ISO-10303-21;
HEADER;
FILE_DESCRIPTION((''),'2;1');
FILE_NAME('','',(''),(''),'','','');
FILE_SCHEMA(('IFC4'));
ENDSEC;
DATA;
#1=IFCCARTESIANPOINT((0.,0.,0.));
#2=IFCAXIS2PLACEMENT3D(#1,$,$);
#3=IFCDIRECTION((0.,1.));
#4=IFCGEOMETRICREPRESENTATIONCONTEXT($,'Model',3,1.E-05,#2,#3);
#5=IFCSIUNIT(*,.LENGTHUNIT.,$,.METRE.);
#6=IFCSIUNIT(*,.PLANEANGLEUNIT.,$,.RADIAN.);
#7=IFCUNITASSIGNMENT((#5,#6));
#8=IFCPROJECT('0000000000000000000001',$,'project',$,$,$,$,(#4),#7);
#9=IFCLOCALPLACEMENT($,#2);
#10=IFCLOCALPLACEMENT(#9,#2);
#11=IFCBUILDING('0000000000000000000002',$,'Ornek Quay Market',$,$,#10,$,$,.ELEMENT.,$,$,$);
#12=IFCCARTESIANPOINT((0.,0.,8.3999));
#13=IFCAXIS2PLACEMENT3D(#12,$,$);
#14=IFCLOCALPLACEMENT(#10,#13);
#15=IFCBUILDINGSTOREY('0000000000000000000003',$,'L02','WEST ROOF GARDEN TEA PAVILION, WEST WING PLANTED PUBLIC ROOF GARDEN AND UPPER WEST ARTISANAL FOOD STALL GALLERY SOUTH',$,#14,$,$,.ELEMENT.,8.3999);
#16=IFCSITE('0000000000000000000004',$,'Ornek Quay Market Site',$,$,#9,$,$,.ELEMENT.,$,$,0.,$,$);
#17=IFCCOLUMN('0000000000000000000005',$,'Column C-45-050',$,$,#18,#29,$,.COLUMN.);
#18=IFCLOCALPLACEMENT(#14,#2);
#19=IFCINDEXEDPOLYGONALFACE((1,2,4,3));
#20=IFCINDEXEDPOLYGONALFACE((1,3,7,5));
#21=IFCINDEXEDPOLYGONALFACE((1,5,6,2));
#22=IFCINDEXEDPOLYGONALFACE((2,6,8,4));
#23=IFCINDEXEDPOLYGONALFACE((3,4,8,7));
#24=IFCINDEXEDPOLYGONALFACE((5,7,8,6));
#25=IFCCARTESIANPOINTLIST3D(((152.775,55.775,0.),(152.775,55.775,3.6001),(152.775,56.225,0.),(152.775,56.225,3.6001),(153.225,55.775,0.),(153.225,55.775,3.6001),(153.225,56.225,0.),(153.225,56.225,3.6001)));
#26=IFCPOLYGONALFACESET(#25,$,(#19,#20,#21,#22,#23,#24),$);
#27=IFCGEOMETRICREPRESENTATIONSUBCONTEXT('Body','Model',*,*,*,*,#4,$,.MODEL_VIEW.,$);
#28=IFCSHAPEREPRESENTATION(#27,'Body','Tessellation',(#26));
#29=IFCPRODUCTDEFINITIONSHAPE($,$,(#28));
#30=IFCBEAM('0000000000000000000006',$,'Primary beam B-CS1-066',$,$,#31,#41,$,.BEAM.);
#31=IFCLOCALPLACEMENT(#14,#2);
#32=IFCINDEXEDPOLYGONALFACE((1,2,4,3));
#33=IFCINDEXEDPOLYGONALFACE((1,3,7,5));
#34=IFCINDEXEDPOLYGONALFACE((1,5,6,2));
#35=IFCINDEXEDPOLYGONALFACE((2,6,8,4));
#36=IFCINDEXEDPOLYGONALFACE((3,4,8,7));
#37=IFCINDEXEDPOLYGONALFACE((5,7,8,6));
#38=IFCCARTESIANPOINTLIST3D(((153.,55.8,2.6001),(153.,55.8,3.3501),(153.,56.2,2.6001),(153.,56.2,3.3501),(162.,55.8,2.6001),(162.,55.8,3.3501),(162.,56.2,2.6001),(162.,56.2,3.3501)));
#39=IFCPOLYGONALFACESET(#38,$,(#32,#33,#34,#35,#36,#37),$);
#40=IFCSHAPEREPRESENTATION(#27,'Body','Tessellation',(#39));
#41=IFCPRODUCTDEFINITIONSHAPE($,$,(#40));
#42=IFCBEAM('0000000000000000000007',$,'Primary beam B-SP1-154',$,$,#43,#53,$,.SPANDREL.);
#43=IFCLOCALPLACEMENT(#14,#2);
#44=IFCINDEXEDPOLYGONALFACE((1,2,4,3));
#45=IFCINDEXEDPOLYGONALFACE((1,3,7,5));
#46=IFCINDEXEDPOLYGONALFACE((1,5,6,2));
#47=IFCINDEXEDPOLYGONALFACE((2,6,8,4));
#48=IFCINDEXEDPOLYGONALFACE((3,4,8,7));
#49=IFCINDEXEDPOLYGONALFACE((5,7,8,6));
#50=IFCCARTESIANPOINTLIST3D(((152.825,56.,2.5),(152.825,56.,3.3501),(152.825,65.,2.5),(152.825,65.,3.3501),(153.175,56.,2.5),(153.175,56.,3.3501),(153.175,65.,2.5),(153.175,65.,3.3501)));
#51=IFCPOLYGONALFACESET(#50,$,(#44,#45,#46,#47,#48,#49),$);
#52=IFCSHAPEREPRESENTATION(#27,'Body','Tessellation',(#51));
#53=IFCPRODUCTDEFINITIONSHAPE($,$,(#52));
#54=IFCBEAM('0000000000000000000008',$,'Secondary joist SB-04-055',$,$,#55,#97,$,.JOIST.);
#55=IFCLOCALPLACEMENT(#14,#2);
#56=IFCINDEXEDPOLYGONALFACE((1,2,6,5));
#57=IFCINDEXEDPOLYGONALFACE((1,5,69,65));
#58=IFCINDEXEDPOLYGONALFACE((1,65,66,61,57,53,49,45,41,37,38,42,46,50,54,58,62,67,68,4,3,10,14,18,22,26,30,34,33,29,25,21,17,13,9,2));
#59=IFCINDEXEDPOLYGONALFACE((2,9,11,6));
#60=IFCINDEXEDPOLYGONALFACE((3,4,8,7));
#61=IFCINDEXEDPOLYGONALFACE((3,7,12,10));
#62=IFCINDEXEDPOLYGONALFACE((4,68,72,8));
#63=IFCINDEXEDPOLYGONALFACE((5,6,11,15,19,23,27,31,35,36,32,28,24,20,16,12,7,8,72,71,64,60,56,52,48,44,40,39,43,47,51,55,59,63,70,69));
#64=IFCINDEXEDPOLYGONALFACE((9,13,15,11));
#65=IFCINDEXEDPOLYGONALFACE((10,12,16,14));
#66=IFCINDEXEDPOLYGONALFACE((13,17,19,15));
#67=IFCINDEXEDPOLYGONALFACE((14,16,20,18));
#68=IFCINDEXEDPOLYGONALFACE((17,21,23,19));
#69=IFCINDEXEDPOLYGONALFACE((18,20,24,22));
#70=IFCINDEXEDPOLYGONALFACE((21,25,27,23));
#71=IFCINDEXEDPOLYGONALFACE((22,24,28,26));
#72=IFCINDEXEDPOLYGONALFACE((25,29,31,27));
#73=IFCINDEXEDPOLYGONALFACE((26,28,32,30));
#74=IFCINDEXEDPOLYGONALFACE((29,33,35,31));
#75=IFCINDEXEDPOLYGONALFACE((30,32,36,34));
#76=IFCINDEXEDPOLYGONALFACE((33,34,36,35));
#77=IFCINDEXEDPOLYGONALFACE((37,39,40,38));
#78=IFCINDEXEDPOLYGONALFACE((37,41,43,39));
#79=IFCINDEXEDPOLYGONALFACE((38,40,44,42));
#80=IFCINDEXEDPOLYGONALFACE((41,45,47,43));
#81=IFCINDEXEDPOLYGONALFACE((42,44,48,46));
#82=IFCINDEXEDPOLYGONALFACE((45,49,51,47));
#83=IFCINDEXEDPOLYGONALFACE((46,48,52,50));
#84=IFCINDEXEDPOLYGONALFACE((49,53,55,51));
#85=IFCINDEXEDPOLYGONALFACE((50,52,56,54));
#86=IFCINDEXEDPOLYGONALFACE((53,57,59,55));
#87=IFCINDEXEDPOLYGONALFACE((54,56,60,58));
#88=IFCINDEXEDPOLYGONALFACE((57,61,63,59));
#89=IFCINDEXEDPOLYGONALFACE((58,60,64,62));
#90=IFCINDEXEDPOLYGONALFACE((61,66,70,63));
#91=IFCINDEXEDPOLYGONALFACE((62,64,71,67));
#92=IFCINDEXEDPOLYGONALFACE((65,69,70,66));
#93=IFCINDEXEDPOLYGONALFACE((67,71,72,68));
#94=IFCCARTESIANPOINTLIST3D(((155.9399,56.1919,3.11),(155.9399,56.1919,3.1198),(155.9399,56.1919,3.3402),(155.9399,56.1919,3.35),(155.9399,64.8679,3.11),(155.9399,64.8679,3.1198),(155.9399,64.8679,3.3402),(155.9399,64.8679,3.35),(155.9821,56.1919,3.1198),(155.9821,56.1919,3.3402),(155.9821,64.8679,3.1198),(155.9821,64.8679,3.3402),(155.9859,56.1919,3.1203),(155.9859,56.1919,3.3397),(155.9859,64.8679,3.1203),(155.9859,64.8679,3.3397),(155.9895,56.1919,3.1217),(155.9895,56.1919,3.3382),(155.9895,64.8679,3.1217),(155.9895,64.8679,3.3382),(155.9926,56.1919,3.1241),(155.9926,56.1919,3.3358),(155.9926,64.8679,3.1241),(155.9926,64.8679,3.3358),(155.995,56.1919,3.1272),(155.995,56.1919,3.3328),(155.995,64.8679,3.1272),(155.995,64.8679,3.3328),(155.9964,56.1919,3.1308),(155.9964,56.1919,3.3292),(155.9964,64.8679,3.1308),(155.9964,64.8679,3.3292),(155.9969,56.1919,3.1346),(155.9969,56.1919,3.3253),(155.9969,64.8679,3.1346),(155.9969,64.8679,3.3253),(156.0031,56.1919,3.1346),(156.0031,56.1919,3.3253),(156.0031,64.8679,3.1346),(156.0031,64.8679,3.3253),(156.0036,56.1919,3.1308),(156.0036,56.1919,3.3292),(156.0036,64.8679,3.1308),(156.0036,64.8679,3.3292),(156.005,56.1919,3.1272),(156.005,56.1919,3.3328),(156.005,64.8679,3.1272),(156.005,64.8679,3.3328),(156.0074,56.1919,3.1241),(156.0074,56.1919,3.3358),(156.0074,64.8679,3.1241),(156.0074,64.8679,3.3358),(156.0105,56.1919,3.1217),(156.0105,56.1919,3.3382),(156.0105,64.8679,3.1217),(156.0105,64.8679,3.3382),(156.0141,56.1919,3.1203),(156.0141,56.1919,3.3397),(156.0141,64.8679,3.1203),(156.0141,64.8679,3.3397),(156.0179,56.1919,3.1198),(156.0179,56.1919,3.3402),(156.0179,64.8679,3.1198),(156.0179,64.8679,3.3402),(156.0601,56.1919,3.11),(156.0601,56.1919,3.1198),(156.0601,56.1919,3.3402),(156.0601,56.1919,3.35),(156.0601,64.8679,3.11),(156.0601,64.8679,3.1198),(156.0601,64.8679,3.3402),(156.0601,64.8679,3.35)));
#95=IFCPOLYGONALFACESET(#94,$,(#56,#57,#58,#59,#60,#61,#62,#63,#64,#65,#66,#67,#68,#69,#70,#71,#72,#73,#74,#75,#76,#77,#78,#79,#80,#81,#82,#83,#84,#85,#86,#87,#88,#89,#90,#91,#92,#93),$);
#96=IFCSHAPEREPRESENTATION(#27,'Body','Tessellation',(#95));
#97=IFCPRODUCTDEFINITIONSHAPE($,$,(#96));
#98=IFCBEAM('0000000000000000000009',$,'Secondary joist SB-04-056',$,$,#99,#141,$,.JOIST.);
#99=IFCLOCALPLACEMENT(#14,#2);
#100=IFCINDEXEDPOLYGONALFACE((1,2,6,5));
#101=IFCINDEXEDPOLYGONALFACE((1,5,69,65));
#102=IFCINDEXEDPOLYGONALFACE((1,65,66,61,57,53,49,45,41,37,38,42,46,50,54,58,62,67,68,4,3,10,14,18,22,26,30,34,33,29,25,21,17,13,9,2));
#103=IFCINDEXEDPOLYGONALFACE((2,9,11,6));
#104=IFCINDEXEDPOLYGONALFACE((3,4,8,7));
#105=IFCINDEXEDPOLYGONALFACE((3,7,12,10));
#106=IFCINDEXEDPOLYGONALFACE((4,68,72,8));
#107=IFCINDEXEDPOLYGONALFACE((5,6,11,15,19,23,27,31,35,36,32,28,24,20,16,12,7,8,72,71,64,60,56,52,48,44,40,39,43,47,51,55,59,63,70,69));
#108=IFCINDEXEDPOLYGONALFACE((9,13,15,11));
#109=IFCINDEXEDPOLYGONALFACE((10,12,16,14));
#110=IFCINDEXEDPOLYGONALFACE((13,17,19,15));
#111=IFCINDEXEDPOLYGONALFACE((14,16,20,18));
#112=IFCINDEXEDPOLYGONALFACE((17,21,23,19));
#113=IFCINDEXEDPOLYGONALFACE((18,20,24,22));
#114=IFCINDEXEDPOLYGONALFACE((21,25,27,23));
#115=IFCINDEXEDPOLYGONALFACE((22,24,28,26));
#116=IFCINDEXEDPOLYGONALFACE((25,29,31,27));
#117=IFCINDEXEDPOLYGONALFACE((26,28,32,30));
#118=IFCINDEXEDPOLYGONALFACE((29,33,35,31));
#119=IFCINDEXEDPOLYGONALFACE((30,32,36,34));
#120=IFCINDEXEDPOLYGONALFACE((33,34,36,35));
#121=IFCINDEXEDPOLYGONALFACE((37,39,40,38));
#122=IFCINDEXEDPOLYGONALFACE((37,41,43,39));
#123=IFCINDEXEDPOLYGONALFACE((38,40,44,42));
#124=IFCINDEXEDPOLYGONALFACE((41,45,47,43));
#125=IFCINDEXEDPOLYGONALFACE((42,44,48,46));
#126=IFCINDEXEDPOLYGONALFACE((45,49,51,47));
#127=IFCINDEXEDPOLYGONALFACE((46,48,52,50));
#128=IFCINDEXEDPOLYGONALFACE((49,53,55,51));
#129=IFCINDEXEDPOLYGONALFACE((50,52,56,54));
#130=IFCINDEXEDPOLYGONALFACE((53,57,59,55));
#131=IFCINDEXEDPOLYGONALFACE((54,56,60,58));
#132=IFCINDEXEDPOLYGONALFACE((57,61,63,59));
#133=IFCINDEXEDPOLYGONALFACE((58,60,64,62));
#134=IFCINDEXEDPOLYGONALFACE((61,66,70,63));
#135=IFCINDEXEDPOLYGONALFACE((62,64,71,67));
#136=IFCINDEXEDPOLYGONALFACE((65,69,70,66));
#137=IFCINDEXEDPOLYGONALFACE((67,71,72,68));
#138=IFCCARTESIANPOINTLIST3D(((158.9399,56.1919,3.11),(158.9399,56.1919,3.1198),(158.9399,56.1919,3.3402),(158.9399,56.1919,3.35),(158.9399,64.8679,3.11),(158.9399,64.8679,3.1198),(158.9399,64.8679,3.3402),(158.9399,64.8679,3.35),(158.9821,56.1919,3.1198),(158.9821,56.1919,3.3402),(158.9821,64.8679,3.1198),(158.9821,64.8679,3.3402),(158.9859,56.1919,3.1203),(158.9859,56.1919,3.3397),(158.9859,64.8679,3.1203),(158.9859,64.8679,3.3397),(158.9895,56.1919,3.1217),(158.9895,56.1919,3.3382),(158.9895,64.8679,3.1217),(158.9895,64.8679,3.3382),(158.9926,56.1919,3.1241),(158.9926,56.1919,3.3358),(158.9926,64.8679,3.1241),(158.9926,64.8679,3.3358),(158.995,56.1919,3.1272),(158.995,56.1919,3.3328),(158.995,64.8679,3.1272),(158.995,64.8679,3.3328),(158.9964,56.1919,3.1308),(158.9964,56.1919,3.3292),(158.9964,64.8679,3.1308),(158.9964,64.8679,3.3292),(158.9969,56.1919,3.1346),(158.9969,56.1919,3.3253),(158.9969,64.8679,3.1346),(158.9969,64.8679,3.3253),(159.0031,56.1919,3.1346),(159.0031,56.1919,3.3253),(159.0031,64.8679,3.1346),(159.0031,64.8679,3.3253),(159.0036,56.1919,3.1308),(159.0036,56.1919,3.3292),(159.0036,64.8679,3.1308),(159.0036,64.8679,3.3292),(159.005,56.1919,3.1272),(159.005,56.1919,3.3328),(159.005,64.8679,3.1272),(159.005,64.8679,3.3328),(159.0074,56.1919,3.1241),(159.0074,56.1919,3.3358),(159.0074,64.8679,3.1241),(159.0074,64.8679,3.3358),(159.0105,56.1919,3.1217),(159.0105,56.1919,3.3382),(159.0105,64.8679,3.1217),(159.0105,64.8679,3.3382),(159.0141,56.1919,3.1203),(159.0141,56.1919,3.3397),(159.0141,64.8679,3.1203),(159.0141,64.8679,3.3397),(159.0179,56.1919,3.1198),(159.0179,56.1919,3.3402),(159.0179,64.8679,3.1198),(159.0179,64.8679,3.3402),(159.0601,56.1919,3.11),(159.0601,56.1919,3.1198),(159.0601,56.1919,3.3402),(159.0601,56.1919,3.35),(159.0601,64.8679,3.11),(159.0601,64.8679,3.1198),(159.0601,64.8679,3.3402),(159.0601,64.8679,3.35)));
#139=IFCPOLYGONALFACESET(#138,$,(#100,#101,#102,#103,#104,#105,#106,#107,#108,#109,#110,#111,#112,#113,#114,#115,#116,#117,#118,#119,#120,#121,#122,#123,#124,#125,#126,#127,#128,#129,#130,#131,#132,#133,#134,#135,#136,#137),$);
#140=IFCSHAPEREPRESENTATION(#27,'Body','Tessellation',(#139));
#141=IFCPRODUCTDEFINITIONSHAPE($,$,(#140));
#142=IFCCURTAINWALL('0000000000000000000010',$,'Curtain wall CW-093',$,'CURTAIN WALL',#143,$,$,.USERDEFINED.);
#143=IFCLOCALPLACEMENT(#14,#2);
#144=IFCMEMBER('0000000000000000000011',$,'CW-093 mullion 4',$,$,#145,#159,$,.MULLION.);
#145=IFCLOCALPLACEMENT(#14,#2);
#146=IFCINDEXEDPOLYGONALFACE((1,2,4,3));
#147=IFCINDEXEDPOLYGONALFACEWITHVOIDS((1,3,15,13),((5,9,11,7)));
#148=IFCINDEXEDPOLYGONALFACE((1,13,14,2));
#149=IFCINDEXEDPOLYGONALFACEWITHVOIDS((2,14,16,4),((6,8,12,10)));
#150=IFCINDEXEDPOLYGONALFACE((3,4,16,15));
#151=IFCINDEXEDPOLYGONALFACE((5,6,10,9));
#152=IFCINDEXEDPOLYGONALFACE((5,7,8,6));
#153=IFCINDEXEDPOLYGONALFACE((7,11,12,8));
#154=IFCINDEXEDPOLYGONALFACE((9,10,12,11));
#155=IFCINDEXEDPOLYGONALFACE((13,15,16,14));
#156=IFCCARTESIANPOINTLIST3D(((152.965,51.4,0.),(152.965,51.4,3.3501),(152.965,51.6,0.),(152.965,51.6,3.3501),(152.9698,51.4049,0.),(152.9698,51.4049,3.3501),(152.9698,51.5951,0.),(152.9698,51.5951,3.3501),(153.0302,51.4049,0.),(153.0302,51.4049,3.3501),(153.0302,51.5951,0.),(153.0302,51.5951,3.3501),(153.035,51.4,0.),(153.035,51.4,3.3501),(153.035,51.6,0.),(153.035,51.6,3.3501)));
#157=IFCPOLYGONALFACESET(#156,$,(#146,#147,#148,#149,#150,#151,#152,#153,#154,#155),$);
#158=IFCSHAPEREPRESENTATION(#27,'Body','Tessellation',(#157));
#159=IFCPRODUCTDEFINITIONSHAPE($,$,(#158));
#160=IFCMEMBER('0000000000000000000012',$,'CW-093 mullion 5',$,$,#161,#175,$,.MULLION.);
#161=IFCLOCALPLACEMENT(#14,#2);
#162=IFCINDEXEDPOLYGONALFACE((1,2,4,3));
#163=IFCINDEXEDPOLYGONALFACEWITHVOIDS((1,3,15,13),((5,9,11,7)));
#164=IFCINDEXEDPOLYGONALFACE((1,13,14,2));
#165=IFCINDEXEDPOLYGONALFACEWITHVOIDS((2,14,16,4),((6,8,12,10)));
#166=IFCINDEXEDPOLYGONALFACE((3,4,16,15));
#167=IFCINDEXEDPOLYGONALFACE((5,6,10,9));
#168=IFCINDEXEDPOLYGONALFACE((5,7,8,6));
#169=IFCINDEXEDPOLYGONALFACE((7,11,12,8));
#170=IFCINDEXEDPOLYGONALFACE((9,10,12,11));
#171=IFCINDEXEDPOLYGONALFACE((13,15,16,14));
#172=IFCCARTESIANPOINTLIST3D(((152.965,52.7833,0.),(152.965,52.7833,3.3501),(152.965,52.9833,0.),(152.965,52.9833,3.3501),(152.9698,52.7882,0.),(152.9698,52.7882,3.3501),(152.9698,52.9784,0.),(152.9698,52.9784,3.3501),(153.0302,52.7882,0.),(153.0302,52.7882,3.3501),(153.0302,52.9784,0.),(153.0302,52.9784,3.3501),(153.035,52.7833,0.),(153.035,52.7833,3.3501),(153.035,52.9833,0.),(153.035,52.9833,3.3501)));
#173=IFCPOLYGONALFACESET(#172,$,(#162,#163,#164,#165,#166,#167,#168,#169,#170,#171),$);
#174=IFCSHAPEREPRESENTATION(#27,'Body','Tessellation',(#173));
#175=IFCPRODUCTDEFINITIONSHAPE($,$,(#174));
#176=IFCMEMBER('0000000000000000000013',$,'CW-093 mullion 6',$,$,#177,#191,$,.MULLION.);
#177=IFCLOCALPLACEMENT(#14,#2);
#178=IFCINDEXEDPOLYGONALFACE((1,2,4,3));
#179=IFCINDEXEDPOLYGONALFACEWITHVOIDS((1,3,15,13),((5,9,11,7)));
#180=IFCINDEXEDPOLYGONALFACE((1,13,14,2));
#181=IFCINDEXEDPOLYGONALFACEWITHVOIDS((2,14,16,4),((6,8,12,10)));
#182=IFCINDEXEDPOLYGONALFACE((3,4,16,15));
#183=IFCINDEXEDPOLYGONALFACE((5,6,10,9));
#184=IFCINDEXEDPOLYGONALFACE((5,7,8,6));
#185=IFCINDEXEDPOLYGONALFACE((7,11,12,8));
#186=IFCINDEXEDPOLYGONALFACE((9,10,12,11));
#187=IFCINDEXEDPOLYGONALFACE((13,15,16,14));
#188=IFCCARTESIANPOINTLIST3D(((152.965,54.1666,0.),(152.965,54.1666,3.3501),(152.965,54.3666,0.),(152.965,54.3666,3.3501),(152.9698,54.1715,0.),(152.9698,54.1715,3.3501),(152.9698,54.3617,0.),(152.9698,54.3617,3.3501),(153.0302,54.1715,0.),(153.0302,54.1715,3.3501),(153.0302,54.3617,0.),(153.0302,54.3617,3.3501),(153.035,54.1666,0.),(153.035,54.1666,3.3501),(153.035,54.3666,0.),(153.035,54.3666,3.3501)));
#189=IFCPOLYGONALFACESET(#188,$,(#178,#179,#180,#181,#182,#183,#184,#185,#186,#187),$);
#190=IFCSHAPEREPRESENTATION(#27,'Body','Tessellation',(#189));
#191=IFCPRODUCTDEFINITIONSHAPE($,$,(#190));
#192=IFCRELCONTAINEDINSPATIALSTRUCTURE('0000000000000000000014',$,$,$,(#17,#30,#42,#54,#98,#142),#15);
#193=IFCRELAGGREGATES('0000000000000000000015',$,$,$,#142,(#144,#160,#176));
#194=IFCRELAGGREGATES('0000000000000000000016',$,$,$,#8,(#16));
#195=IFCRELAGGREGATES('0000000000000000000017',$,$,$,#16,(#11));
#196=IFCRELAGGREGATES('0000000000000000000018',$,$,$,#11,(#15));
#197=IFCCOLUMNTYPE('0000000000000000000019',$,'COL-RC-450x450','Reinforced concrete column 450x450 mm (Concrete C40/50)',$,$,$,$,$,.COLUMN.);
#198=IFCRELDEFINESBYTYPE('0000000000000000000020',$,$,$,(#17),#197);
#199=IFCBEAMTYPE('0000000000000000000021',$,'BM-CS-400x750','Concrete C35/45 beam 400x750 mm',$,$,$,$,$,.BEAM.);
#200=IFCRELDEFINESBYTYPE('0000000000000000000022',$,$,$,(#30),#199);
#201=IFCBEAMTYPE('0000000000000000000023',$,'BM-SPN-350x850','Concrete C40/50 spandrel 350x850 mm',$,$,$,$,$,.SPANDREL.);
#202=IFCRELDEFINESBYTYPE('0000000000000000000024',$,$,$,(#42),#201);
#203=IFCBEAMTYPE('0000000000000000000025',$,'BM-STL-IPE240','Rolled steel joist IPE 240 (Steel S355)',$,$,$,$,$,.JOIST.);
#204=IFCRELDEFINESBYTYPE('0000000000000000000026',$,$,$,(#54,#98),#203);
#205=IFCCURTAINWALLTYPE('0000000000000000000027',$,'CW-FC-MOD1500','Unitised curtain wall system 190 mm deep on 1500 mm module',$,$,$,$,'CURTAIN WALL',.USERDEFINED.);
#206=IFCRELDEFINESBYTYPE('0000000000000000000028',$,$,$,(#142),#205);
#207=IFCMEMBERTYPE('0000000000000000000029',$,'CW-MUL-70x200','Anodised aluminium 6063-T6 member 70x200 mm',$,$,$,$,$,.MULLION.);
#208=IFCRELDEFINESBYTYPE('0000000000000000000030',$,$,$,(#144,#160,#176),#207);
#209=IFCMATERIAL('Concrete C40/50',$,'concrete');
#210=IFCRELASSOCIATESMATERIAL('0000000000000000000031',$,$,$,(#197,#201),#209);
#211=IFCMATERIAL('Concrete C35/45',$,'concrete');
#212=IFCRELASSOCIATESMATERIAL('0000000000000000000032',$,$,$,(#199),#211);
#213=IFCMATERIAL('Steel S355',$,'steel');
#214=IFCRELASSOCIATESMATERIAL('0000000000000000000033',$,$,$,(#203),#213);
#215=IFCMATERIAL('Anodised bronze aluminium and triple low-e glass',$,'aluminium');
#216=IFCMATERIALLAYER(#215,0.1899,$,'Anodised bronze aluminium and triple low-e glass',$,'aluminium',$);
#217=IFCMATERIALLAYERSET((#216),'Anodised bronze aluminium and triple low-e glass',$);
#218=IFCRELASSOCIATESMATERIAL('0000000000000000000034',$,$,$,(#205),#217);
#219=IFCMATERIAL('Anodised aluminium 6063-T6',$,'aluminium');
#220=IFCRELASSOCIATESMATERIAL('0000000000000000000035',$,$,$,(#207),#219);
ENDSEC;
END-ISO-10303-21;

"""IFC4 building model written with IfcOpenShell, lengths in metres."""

from ifc_helpers import new_model, si_unit, direction, frame, origin, origin_2d, place, context, subcontext, project, spatial, rectangle, hollow_rectangle, i_section, extrude, material, layer, layer_set, material_profile, profile_set, type_object, element, aggregate, save


model = new_model("IFC4")

# Units and contexts
model_context = context("Model", 3, precision=1e-05, world=origin(), true_north=direction((0.0, 1.0)))
body_context = subcontext(model_context, "Body", "Model", "MODEL_VIEW")
ifc_project = project(units=[si_unit("LENGTHUNIT", "METRE"), si_unit("PLANEANGLEUNIT", "RADIAN")], contexts=[model_context])

# Site, building, storey
site_placement = place(None, origin())
site = spatial("IfcSite", under=ifc_project, at=site_placement, Name="Ornek Quay Market Site", CompositionType="ELEMENT", RefElevation=0.0)
building_placement = place(site_placement, origin())
building = spatial("IfcBuilding", under=site, at=building_placement, Name="Ornek Quay Market", CompositionType="ELEMENT")
storey_placement = place(building_placement, frame((0.0, 0.0, 8.3999)))
storey = spatial("IfcBuildingStorey", under=building, at=storey_placement, Name="L02", Description="WEST ROOF GARDEN TEA PAVILION, WEST WING PLANTED PUBLIC ROOF GARDEN AND UPPER WEST ARTISANAL FOOD STALL GALLERY SOUTH", CompositionType="ELEMENT", Elevation=8.3999)

# Column
ifc_material_1 = material(Name="Concrete C40/50", Category="concrete")
ifc_material_profile_1 = material_profile(ifc_material_1, rectangle(XDim=0.45, YDim=0.45, at=origin_2d()), Name="RC 450x450", Category="concrete")
ifc_profile_set_1 = profile_set([ifc_material_profile_1], Name="Concrete C40/50")
column_type = type_object("IfcColumnType", Name="COL-RC-450x450", Description="Reinforced concrete column 450x450 mm (Concrete C40/50)", PredefinedType="COLUMN", material=ifc_profile_set_1)
column_placement = place(storey_placement, frame((153.0, 56.0, 0.0), z_axis=(0.0, 0.0, 1.0), x_axis=(1.0, 0.0, 0.0)))
element("IfcColumn", 1, at=column_placement, inside=storey, type_object=column_type, Name="Column C-45-050", PredefinedType="COLUMN", context=body_context, shape_type="SweptSolid", body=[
    extrude(rectangle(XDim=0.45, YDim=0.45, at=origin_2d()), origin(), (0.0, 0.0, 1.0), 3.6001),
])

# Beams
ifc_material_2 = material(Name="Concrete C35/45", Category="concrete")
ifc_material_profile_2 = material_profile(ifc_material_2, rectangle(XDim=0.3999, YDim=0.75, at=origin_2d()), Name="RC 400x750", Category="concrete")
ifc_profile_set_2 = profile_set([ifc_material_profile_2], Name="Concrete C35/45")
beam_type_1 = type_object("IfcBeamType", Name="BM-CS-400x750", Description="Concrete C35/45 beam 400x750 mm", PredefinedType="BEAM", material=ifc_profile_set_2)
beam_1_placement = place(storey_placement, frame((153.0, 56.0, 2.9751), z_axis=(1.0, 0.0, 0.0), x_axis=(0.0, 1.0, 0.0)))
element("IfcBeam", 2, at=beam_1_placement, inside=storey, type_object=beam_type_1, Name="Primary beam B-CS1-066", PredefinedType="BEAM", context=body_context, shape_type="SweptSolid", body=[
    extrude(rectangle(XDim=0.3999, YDim=0.75, at=origin_2d()), origin(), (0.0, 0.0, 1.0), 9.0),
])
ifc_material_profile_3 = material_profile(ifc_material_1, rectangle(XDim=0.3501, YDim=0.8501, at=origin_2d()), Name="RC 350x850", Category="concrete")
ifc_profile_set_3 = profile_set([ifc_material_profile_3], Name="Concrete C40/50")
beam_type_2 = type_object("IfcBeamType", Name="BM-SPN-350x850", Description="Concrete C40/50 spandrel 350x850 mm", PredefinedType="SPANDREL", material=ifc_profile_set_3)
beam_2_placement = place(storey_placement, frame((153.0, 56.0, 2.925), z_axis=(0.0, 1.0, 0.0), x_axis=(-1.0, 0.0, 0.0)))
element("IfcBeam", 3, at=beam_2_placement, inside=storey, type_object=beam_type_2, Name="Primary beam B-SP1-154", PredefinedType="SPANDREL", context=body_context, shape_type="SweptSolid", body=[
    extrude(rectangle(XDim=0.3501, YDim=0.8501, at=origin_2d()), origin(), (0.0, 0.0, 1.0), 9.0),
])
ifc_material_3 = material(Name="Steel S355", Category="steel")
ifc_material_profile_4 = material_profile(ifc_material_3, i_section(OverallWidth=0.1201, OverallDepth=0.24, WebThickness=0.0061, FlangeThickness=0.0098, FilletRadius=0.0149, at=origin_2d()), Name="IPE 240", Category="steel")
ifc_profile_set_4 = profile_set([ifc_material_profile_4], Name="Steel S355")
beam_type_3 = type_object("IfcBeamType", Name="BM-STL-IPE240", Description="Rolled steel joist IPE 240 (Steel S355)", PredefinedType="JOIST", material=ifc_profile_set_4)
for number, where, z_axis, x_axis, name in (
    (4, (156.0, 56.1919, 3.23), (0.0, 1.0, 0.0), (-1.0, 0.0, 0.0), "Secondary joist SB-04-055"),
    (5, (159.0, 56.1919, 3.23), (0.0, 1.0, 0.0), (-1.0, 0.0, 0.0), "Secondary joist SB-04-056"),
):
    element("IfcBeam", number, at=place(storey_placement, frame(where, z_axis=z_axis, x_axis=x_axis)), inside=storey, type_object=beam_type_3, Name=name, PredefinedType="JOIST", context=body_context, shape_type="SweptSolid", body=[
        extrude(i_section(OverallWidth=0.1201, OverallDepth=0.24, WebThickness=0.0061, FlangeThickness=0.0098, FilletRadius=0.0149, at=origin_2d()), origin(), (0.0, 0.0, 1.0), 8.676),
    ])

# Curtain wall, members
ifc_material_4 = material(Name="Anodised bronze aluminium and triple low-e glass", Category="aluminium")
ifc_layer_1 = layer(ifc_material_4, 0.1899, Name="Anodised bronze aluminium and triple low-e glass", Category="aluminium")
ifc_layer_set_1 = layer_set([ifc_layer_1], Name="Anodised bronze aluminium and triple low-e glass")
curtain_wall_type = type_object("IfcCurtainWallType", Name="CW-FC-MOD1500", Description="Unitised curtain wall system 190 mm deep on 1500 mm module", ElementType="CURTAIN WALL", PredefinedType="USERDEFINED", material=ifc_layer_set_1)
curtain_wall_placement = place(storey_placement, origin())
curtain_wall = element("IfcCurtainWall", 6, at=curtain_wall_placement, inside=storey, type_object=curtain_wall_type, Name="Curtain wall CW-093", ObjectType="CURTAIN WALL", PredefinedType="USERDEFINED")
ifc_material_5 = material(Name="Anodised aluminium 6063-T6", Category="aluminium")
ifc_material_profile_5 = material_profile(ifc_material_5, hollow_rectangle(XDim=0.0701, YDim=0.2, WallThickness=0.0049, at=origin_2d()), Name="CW-MUL-70x200", Category="aluminium")
ifc_profile_set_5 = profile_set([ifc_material_profile_5], Name="Anodised aluminium 6063-T6")
member_type_1 = type_object("IfcMemberType", Name="CW-MUL-70x200", Description="Anodised aluminium 6063-T6 member 70x200 mm", PredefinedType="MULLION", material=ifc_profile_set_5)
member_1_placement = place(storey_placement, frame((153.0, 51.5, 0.0), z_axis=(0.0, 0.0, 1.0), x_axis=(-1.0, 0.0, 0.0)))
member_1 = element("IfcMember", 7, at=member_1_placement, type_object=member_type_1, Name="CW-093 mullion 4", PredefinedType="MULLION", context=body_context, shape_type="SweptSolid", body=[
    extrude(hollow_rectangle(XDim=0.0701, YDim=0.2, WallThickness=0.0049, at=origin_2d()), origin(), (0.0, 0.0, 1.0), 3.3501),
])
member_2_placement = place(storey_placement, frame((153.0, 52.8833, 0.0), z_axis=(0.0, 0.0, 1.0), x_axis=(-1.0, 0.0, 0.0)))
member_2 = element("IfcMember", 8, at=member_2_placement, type_object=member_type_1, Name="CW-093 mullion 5", PredefinedType="MULLION", context=body_context, shape_type="SweptSolid", body=[
    extrude(hollow_rectangle(XDim=0.0701, YDim=0.2, WallThickness=0.0049, at=origin_2d()), origin(), (0.0, 0.0, 1.0), 3.3501),
])
member_3_placement = place(storey_placement, frame((153.0, 54.2666, 0.0), z_axis=(0.0, 0.0, 1.0), x_axis=(-1.0, 0.0, 0.0)))
member_3 = element("IfcMember", 9, at=member_3_placement, type_object=member_type_1, Name="CW-093 mullion 6", PredefinedType="MULLION", context=body_context, shape_type="SweptSolid", body=[
    extrude(hollow_rectangle(XDim=0.0701, YDim=0.2, WallThickness=0.0049, at=origin_2d()), origin(), (0.0, 0.0, 1.0), 3.3501),
])
aggregate(curtain_wall, [member_1, member_2, member_3])

save(model, "model.ifc")
